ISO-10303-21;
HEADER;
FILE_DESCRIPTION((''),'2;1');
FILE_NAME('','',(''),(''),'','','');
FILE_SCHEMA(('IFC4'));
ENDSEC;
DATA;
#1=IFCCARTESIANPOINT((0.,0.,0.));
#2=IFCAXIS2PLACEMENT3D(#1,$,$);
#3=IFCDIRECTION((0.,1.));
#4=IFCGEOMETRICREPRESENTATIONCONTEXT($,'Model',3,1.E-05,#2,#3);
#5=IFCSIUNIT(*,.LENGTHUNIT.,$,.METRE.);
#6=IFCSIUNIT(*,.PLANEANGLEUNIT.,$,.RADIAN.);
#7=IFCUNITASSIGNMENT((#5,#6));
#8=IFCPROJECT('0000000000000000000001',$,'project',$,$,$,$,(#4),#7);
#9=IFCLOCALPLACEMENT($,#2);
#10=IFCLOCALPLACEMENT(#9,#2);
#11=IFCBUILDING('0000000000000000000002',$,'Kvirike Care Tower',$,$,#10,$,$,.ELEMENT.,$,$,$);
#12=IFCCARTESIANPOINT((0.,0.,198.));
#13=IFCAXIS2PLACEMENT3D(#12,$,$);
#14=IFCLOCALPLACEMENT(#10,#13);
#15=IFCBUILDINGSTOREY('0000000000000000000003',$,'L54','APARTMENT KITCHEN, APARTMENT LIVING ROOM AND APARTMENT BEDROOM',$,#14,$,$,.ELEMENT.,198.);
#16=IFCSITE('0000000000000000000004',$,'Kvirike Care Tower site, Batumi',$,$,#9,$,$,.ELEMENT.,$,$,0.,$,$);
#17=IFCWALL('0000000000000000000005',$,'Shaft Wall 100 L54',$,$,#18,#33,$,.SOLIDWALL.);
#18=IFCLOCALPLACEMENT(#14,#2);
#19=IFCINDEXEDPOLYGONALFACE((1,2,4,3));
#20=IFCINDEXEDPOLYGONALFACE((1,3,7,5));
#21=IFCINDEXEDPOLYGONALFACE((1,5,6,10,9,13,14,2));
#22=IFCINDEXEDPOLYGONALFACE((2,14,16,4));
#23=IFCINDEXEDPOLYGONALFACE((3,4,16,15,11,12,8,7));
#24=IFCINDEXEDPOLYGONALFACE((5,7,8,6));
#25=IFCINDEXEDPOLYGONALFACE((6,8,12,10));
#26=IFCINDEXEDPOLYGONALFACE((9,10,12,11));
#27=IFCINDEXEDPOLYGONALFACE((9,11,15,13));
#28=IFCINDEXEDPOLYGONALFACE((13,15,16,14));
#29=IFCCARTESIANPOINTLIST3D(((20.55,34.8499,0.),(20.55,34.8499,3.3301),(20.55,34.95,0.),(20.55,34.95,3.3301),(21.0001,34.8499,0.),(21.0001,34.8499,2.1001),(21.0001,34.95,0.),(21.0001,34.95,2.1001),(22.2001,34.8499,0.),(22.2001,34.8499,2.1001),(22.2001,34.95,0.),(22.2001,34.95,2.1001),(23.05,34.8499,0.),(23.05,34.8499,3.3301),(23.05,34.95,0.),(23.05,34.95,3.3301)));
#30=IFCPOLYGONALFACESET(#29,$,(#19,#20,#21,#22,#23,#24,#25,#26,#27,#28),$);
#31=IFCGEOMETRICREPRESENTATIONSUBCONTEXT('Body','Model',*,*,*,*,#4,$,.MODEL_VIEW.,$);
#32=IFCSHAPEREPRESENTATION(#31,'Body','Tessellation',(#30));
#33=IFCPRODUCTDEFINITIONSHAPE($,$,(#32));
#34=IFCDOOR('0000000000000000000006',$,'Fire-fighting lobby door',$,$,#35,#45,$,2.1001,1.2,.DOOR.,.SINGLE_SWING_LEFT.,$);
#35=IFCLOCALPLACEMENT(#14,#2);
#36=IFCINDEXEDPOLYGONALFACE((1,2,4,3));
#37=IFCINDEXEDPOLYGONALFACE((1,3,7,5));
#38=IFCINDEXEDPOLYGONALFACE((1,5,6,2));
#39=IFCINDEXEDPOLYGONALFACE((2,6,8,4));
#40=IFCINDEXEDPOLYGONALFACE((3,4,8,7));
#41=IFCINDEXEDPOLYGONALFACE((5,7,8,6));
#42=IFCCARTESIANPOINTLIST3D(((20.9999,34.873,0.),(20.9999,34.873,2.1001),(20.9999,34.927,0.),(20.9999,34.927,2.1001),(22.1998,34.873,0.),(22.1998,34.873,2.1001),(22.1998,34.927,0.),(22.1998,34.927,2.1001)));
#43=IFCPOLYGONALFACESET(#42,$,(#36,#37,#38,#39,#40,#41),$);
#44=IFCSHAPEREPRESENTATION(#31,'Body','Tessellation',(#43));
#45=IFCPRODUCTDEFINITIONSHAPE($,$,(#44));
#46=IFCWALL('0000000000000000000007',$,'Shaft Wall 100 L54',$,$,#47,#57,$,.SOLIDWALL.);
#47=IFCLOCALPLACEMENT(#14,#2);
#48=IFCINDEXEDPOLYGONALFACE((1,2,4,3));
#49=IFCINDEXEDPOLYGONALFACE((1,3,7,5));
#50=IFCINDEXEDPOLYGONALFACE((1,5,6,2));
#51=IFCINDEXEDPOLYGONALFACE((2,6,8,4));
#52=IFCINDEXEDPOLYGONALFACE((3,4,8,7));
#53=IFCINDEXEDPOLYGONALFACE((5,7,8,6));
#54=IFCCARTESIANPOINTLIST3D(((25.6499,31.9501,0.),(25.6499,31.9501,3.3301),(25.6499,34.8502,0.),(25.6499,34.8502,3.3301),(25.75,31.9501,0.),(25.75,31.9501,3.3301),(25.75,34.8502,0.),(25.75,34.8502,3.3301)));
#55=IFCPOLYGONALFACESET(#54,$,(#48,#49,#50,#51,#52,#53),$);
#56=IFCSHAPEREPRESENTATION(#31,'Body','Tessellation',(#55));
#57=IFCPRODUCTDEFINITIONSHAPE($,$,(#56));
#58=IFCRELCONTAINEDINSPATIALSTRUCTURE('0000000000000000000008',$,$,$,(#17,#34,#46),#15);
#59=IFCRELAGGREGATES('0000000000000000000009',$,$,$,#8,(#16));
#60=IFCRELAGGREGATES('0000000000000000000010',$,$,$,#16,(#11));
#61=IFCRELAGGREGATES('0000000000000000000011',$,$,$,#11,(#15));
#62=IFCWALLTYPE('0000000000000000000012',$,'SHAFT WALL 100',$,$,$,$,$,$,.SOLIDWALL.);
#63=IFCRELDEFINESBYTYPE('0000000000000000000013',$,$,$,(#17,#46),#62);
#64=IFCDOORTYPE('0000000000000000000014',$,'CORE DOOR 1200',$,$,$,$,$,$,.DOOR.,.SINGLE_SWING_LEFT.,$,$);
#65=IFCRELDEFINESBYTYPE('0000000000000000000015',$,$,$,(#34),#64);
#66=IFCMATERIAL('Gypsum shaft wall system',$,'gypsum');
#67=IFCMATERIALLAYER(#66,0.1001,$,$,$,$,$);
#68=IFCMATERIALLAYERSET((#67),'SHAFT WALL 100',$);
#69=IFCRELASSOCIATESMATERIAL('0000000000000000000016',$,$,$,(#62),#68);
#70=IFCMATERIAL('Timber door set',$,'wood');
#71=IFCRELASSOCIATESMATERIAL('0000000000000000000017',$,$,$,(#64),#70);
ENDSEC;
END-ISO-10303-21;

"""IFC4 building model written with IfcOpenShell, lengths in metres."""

from ifc_helpers import new_model, si_unit, direction, frame, frame_2d, origin, place, context, subcontext, project, spatial, rectangle, extrude, material, layer, layer_set, type_object, element, fill, save


model = new_model("IFC4")

# Units and contexts
model_context = context("Model", 3, precision=1e-05, world=origin(), true_north=direction((0.0, 1.0)))
body_context = subcontext(model_context, "Body", "Model", "MODEL_VIEW")
ifc_project = project(units=[si_unit("LENGTHUNIT", "METRE"), si_unit("PLANEANGLEUNIT", "RADIAN")], contexts=[model_context])

# Site, building, storey
site_placement = place(None, origin())
site = spatial("IfcSite", under=ifc_project, at=site_placement, Name="Kvirike Care Tower site, Batumi", CompositionType="ELEMENT", RefElevation=0.0)
building_placement = place(site_placement, origin())
building = spatial("IfcBuilding", under=site, at=building_placement, Name="Kvirike Care Tower", CompositionType="ELEMENT")
storey_placement = place(building_placement, frame((0.0, 0.0, 198.0)))
storey = spatial("IfcBuildingStorey", under=building, at=storey_placement, Name="L54", Description="APARTMENT KITCHEN, APARTMENT LIVING ROOM AND APARTMENT BEDROOM", CompositionType="ELEMENT", Elevation=198.0)

# Shared definitions
ifc_material_1 = material(Name="Gypsum shaft wall system", Category="gypsum")
ifc_layer_1 = layer(ifc_material_1, 0.1001)
ifc_layer_set_1 = layer_set([ifc_layer_1], Name="SHAFT WALL 100")
wall_type = type_object("IfcWallType", Name="SHAFT WALL 100", PredefinedType="SOLIDWALL", material=ifc_layer_set_1)

# Wall, opening, door
wall_1_placement = place(storey_placement, frame((20.55, 34.8999, 0.0), z_axis=(0.0, 0.0, 1.0), x_axis=(1.0, 0.0, 0.0)))
wall_1 = element("IfcWall", 1, at=wall_1_placement, inside=storey, type_object=wall_type, Name="Shaft Wall 100 L54", PredefinedType="SOLIDWALL", context=body_context, shape_type="SweptSolid", body=[
    extrude(rectangle(XDim=2.5, YDim=0.1001, at=frame_2d((1.25, 0.0))), origin(), (0.0, 0.0, 1.0), 3.3301),
])
opening_1_placement = place(wall_1_placement, frame((0.45, 0.0, 0.0)))
opening_1 = element("IfcOpeningElement", 2, at=opening_1_placement, cuts=wall_1, PredefinedType="OPENING", context=body_context, shape_type="SweptSolid", body=[
    extrude(rectangle(XDim=1.2, YDim=2.1001, at=frame_2d((0.6001, 1.05))), frame((0.0, 0.0605, 0.0), z_axis=(0.0, -1.0, 0.0), x_axis=(1.0, 0.0, 0.0)), (0.0, 0.0, 1.0), 0.1211),
])
ifc_material_2 = material(Name="Timber door set", Category="wood")
door_type_1 = type_object("IfcDoorType", Name="CORE DOOR 1200", OperationType="SINGLE_SWING_LEFT", PredefinedType="DOOR", material=ifc_material_2)
door_1_placement = place(opening_1_placement, frame((1.2, 0.0, 0.0), z_axis=(0.0, 0.0, 1.0), x_axis=(-1.0, 0.0, 0.0)))
door_1 = element("IfcDoor", 3, at=door_1_placement, inside=storey, type_object=door_type_1, Name="Fire-fighting lobby door", OperationType="SINGLE_SWING_LEFT", OverallHeight=2.1001, OverallWidth=1.2, PredefinedType="DOOR", context=body_context, shape_type="SweptSolid", body=[
    extrude(rectangle(XDim=1.2, YDim=2.1001, at=frame_2d((0.6001, 1.05))), frame((0.0, 0.0269, 0.0), z_axis=(0.0, -1.0, 0.0), x_axis=(1.0, 0.0, 0.0)), (0.0, 0.0, 1.0), 0.054),
])
fill(opening_1, door_1)

# Wall
wall_2_placement = place(storey_placement, frame((25.7, 31.95, 0.0), z_axis=(0.0, 0.0, 1.0), x_axis=(0.0, 1.0, 0.0)))
element("IfcWall", 4, at=wall_2_placement, inside=storey, type_object=wall_type, Name="Shaft Wall 100 L54", PredefinedType="SOLIDWALL", context=body_context, shape_type="SweptSolid", body=[
    extrude(rectangle(XDim=2.9001, YDim=0.1001, at=frame_2d((1.4502, 0.0))), origin(), (0.0, 0.0, 1.0), 3.3301),
])

save(model, "model.ifc")
